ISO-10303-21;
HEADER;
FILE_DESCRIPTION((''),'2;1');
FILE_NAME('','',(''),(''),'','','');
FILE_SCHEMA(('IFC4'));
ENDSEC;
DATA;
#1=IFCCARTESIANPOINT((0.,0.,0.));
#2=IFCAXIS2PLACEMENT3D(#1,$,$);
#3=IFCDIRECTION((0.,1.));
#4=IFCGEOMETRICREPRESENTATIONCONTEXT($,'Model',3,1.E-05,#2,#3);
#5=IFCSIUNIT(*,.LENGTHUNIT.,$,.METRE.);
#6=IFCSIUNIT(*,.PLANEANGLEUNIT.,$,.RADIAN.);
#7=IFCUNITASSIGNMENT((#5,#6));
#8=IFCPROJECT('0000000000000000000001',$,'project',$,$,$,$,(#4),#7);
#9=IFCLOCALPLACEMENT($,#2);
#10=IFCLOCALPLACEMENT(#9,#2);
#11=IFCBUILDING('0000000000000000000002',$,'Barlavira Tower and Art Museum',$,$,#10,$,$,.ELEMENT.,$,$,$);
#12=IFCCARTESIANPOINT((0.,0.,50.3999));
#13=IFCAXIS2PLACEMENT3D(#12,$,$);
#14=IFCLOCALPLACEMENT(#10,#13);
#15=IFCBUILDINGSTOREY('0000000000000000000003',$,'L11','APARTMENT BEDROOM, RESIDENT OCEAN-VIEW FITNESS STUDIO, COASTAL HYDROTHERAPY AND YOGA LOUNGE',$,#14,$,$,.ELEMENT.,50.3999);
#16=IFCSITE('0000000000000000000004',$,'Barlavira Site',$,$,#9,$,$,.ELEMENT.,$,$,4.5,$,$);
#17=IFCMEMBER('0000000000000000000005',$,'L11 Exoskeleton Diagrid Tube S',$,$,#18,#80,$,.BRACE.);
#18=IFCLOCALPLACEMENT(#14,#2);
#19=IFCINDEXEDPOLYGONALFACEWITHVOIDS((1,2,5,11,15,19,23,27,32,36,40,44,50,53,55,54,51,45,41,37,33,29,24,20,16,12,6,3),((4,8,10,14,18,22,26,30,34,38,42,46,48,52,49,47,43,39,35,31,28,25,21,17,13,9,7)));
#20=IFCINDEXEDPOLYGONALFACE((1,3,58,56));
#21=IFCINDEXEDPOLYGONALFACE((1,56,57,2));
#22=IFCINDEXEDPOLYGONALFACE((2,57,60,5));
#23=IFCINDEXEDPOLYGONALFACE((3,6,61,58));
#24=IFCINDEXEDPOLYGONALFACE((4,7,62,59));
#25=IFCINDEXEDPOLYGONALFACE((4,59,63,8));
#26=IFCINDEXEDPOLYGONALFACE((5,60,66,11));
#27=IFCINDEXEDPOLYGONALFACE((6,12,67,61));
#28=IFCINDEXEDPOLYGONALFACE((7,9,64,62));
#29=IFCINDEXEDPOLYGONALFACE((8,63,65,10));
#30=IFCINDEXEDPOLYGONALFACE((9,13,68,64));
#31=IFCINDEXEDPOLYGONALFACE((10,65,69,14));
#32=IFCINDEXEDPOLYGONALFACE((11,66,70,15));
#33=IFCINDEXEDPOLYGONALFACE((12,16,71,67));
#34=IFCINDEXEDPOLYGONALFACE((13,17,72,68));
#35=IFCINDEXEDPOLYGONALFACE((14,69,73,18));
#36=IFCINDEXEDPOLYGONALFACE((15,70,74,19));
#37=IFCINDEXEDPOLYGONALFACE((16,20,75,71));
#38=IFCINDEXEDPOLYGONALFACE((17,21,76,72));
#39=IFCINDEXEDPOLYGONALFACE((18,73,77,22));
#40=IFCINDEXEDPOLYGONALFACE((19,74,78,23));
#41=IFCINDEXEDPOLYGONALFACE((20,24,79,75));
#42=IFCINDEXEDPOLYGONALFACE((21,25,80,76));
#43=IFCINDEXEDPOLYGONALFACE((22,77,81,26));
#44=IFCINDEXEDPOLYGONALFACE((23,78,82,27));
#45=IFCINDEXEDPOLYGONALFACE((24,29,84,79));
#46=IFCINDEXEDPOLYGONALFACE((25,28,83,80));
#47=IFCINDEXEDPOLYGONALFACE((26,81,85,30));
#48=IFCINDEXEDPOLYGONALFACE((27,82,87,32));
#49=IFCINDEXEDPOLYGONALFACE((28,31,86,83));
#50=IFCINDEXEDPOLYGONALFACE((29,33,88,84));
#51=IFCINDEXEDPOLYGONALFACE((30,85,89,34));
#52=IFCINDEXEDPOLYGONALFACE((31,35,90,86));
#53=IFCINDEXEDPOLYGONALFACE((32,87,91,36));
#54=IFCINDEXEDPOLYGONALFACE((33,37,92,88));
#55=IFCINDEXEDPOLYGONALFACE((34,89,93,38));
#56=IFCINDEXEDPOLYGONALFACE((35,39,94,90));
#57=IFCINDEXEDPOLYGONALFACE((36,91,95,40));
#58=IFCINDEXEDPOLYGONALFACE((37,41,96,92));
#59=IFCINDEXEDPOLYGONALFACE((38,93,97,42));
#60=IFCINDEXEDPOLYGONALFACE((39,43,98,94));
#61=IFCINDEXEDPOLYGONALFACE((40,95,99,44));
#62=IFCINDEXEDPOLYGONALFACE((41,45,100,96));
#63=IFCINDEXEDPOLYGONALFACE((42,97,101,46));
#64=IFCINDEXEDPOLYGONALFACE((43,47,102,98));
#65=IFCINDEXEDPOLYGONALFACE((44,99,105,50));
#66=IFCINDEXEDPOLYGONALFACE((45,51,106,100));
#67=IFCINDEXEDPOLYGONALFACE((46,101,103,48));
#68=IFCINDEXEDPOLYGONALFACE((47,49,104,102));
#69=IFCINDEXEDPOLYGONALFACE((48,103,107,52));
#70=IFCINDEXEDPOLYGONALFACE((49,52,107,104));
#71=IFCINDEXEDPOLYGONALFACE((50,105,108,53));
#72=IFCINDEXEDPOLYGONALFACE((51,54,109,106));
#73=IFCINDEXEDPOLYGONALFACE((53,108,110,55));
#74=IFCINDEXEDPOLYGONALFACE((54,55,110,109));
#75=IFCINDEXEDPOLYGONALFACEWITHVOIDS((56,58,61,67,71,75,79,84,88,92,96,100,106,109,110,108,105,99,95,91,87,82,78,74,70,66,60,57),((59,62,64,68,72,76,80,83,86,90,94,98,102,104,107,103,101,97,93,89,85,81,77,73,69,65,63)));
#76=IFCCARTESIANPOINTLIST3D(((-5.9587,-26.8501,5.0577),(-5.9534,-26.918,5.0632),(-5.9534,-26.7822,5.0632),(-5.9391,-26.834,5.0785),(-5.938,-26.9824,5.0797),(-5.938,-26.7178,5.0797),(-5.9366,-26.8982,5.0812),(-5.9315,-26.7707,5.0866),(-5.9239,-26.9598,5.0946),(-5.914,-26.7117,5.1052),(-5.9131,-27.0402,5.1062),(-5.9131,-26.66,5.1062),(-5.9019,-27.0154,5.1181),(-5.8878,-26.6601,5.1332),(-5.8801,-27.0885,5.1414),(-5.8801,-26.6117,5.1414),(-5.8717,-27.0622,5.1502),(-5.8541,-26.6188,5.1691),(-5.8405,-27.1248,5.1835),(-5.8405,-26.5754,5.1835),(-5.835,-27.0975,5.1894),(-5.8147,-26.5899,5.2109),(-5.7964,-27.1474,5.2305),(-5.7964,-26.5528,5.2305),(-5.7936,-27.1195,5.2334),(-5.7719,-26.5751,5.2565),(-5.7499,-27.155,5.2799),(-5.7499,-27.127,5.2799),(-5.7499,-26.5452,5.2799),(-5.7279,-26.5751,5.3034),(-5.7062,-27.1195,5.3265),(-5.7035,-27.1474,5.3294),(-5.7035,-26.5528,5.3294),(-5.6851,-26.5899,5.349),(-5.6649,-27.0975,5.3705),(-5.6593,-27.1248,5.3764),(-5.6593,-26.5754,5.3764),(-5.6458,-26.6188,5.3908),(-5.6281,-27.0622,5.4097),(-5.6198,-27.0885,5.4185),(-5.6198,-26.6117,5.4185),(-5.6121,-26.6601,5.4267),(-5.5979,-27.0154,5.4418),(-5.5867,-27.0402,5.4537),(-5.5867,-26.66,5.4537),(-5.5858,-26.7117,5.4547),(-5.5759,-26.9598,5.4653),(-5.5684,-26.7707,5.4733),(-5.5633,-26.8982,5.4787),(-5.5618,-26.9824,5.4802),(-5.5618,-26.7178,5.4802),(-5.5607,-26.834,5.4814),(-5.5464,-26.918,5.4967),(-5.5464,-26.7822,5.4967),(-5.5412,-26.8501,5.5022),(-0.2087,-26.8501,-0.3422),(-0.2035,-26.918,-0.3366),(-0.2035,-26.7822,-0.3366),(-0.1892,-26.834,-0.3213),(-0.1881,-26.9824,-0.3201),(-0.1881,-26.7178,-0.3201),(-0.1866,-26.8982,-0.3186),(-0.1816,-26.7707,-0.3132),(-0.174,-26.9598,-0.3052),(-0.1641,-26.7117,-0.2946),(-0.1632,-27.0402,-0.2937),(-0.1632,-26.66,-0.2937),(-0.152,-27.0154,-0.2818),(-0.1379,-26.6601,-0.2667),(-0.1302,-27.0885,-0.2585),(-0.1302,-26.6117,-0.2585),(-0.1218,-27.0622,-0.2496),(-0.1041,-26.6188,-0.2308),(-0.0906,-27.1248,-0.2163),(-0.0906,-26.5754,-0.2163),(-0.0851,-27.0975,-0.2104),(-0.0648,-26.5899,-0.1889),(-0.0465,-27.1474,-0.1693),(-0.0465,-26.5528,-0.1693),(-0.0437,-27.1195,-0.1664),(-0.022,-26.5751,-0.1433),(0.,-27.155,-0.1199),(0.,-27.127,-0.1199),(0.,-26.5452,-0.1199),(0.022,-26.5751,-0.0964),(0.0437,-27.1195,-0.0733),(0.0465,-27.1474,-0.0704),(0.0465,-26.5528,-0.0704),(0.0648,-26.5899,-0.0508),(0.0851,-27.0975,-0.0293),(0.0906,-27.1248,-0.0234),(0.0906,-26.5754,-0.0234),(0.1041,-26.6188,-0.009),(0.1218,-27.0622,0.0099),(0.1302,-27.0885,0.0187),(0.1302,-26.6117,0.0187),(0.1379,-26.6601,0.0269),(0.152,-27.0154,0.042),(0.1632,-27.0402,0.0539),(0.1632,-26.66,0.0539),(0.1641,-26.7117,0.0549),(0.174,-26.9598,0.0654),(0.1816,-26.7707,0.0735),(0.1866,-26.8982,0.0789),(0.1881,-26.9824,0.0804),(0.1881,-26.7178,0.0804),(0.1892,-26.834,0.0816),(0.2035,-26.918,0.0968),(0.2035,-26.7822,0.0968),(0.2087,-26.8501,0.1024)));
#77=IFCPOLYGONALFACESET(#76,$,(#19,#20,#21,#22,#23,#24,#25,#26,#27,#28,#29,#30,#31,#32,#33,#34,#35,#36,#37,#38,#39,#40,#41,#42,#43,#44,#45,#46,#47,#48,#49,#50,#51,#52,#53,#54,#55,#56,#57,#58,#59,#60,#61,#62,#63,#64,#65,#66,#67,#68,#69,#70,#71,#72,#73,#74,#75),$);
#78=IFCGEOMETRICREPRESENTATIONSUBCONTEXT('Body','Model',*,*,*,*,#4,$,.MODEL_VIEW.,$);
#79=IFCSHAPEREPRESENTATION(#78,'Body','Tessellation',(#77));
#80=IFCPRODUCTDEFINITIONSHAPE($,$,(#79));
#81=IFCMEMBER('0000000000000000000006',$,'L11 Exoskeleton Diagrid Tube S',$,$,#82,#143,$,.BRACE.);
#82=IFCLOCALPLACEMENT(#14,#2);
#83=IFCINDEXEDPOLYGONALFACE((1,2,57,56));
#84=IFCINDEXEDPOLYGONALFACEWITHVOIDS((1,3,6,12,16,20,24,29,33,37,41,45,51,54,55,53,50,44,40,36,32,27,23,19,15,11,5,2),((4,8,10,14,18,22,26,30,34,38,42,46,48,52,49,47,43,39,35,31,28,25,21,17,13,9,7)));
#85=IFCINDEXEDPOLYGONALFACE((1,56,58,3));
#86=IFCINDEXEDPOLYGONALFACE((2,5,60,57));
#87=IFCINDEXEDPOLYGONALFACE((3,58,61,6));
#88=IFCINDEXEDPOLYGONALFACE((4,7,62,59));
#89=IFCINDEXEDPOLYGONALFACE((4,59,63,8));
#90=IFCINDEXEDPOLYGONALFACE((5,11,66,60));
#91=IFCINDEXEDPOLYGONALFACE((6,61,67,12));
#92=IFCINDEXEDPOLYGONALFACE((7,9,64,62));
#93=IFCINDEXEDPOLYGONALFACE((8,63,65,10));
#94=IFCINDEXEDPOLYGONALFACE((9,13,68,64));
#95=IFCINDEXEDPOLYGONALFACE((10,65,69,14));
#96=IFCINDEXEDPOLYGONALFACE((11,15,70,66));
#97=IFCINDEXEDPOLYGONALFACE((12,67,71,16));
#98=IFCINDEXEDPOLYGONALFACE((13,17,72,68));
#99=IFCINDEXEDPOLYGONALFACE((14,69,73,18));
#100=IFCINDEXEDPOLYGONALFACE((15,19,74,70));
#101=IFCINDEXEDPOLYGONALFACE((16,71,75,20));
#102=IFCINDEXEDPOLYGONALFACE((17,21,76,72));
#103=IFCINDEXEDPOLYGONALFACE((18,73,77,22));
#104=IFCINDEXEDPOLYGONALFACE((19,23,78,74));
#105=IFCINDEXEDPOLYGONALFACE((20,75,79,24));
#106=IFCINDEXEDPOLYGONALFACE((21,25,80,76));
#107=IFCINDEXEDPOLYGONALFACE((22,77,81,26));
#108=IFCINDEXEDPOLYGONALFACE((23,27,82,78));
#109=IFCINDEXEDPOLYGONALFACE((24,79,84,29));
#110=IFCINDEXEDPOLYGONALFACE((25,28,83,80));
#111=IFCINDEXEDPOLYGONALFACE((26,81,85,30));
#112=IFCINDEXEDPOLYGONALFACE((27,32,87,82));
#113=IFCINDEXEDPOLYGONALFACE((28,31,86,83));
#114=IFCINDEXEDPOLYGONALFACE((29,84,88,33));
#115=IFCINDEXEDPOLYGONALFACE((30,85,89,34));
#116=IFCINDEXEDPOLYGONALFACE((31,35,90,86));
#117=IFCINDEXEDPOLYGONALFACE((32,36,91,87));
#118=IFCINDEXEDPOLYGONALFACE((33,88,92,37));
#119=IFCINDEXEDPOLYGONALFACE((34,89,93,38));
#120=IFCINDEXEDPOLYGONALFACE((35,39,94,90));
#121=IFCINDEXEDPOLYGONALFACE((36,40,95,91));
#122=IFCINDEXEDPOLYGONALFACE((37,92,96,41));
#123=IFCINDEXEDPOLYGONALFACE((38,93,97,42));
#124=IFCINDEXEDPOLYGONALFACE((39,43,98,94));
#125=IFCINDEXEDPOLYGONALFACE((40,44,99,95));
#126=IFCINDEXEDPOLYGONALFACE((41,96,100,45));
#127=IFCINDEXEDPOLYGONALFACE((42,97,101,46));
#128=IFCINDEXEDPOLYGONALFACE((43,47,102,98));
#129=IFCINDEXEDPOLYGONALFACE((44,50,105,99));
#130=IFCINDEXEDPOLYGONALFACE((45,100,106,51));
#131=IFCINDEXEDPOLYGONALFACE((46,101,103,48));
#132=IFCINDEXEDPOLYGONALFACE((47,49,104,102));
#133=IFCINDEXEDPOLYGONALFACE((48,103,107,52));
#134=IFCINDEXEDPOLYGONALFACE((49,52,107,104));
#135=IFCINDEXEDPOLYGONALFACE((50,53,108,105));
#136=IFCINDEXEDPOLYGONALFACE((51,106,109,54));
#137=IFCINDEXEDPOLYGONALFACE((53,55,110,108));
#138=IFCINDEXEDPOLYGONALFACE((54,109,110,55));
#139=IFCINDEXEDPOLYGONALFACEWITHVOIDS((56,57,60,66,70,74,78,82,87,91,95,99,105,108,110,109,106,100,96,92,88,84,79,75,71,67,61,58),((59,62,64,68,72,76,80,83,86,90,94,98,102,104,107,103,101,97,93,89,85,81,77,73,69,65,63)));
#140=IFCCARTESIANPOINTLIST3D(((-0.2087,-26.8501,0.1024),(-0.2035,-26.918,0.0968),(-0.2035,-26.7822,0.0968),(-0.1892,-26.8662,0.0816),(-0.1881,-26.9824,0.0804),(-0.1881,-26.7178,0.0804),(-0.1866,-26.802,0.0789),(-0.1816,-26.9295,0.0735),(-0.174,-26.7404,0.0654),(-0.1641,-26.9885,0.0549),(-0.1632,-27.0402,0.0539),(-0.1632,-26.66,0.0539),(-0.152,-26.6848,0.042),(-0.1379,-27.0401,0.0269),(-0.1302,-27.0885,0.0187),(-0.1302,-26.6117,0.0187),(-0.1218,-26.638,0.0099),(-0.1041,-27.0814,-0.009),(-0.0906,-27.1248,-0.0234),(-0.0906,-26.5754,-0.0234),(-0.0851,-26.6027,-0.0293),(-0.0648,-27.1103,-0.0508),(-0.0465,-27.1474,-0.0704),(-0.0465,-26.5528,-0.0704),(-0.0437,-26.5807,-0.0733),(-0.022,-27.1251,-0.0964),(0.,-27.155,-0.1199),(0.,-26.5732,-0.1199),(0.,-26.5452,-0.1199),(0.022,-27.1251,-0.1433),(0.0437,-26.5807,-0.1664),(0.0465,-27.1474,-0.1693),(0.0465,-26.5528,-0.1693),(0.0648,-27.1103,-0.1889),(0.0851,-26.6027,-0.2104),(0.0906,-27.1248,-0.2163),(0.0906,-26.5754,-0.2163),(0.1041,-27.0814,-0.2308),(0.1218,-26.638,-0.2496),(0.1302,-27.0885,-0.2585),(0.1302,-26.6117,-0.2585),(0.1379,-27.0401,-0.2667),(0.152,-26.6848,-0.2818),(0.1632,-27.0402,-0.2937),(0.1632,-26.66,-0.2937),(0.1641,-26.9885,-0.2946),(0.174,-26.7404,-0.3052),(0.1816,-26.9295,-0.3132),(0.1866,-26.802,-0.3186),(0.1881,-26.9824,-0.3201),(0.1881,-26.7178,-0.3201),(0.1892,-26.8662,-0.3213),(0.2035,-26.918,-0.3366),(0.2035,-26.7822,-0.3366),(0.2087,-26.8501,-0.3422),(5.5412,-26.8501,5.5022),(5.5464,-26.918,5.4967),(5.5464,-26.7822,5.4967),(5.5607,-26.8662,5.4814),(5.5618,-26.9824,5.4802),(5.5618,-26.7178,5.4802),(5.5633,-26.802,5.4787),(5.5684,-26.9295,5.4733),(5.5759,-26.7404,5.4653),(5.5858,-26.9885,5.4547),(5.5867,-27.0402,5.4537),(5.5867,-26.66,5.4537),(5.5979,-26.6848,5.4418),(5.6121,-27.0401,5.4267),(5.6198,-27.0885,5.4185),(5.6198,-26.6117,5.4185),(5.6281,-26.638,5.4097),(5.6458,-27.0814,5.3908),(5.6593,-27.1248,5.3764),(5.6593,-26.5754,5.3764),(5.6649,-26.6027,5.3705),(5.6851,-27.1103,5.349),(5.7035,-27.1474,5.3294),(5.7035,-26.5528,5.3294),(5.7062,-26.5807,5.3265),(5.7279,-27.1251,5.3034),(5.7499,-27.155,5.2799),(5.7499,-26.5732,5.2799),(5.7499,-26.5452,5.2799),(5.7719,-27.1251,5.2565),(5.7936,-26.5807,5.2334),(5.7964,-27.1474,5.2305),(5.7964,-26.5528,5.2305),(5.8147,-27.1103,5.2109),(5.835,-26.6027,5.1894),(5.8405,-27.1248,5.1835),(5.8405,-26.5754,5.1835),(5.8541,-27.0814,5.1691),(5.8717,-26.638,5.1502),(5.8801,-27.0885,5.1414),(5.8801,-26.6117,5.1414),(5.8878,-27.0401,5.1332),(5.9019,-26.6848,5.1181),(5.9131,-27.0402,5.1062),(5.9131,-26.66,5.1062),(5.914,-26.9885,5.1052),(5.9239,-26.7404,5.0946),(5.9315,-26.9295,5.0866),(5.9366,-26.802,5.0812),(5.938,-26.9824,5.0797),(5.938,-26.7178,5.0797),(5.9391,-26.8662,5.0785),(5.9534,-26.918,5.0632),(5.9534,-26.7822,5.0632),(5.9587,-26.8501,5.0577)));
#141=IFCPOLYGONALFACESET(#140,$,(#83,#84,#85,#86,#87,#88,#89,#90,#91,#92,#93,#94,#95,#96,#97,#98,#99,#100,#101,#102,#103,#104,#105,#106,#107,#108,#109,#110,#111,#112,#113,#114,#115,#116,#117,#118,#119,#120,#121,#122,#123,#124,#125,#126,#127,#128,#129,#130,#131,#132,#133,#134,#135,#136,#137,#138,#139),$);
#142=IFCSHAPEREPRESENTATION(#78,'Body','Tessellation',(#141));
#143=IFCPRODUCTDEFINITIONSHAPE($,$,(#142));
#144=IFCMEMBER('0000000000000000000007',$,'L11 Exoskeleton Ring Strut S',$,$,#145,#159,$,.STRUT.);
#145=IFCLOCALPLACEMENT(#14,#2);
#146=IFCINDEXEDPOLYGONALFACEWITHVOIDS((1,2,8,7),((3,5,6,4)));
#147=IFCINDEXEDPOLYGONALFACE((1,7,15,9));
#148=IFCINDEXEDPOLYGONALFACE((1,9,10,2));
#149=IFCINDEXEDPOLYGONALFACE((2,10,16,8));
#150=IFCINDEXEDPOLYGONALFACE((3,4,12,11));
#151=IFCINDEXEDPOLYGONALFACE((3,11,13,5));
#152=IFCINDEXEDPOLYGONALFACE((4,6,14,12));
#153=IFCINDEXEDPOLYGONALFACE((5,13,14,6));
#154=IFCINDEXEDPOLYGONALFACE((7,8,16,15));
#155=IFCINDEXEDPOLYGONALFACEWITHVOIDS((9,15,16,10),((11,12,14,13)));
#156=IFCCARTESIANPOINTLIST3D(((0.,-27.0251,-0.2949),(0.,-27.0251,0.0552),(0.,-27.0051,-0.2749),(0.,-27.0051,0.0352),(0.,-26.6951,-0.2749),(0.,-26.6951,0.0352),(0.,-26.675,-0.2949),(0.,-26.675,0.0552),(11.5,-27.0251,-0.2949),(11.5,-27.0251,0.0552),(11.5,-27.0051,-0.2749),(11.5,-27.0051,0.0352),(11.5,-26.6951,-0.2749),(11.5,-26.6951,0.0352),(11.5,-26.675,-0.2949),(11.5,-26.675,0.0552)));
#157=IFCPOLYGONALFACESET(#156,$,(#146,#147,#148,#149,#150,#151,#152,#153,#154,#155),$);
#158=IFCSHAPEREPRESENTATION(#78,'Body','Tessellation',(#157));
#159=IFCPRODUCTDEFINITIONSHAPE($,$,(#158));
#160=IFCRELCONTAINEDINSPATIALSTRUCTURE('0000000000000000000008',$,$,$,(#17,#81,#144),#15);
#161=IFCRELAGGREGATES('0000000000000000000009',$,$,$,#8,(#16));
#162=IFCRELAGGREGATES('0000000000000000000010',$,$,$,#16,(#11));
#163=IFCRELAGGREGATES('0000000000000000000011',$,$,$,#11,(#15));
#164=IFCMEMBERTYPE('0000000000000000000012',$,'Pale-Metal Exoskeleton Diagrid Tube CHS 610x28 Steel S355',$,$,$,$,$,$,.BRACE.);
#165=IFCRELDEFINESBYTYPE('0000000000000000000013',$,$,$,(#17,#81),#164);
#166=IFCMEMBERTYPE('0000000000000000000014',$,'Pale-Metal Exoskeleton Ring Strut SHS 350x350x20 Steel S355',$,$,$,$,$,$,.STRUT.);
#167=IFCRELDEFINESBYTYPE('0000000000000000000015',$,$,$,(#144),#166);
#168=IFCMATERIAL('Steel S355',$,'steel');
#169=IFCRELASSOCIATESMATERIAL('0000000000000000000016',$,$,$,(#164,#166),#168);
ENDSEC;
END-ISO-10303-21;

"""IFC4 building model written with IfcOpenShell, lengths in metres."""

from ifc_helpers import new_model, si_unit, direction, frame, origin, origin_2d, place, context, subcontext, project, spatial, hollow_rectangle, hollow_circle, extrude, material, material_profile, profile_set, type_object, element, save


model = new_model("IFC4")

# Units and contexts
model_context = context("Model", 3, precision=1e-05, world=origin(), true_north=direction((0.0, 1.0)))
body_context = subcontext(model_context, "Body", "Model", "MODEL_VIEW")
ifc_project = project(units=[si_unit("LENGTHUNIT", "METRE"), si_unit("PLANEANGLEUNIT", "RADIAN")], contexts=[model_context])

# Site, building, storey
site_placement = place(None, origin())
site = spatial("IfcSite", under=ifc_project, at=site_placement, Name="Barlavira Site", CompositionType="ELEMENT", RefElevation=4.5)
building_placement = place(site_placement, origin())
building = spatial("IfcBuilding", under=site, at=building_placement, Name="Barlavira Tower and Art Museum", CompositionType="ELEMENT")
storey_placement = place(building_placement, frame((0.0, 0.0, 50.3999)))
storey = spatial("IfcBuildingStorey", under=building, at=storey_placement, Name="L11", Description="APARTMENT BEDROOM, RESIDENT OCEAN-VIEW FITNESS STUDIO, COASTAL HYDROTHERAPY AND YOGA LOUNGE", CompositionType="ELEMENT", Elevation=50.3999)

# Members
ifc_material_1 = material(Name="Steel S355", Category="steel")
ifc_material_profile_1 = material_profile(ifc_material_1, hollow_circle(Radius=0.3049, WallThickness=0.0281, at=origin_2d()), Name="CHS 610.0x28.0")
ifc_profile_set_1 = profile_set([ifc_material_profile_1], Name="Steel S355")
member_type_1 = type_object("IfcMemberType", Name="Pale-Metal Exoskeleton Diagrid Tube CHS 610x28 Steel S355", PredefinedType="BRACE", material=ifc_profile_set_1)
for number, where, z_axis, x_axis, name in (
    (1, (0.0, -26.8501, -0.1199), (-0.72895, 0.0, 0.684567), (0.0, -1.0, 0.0), "L11 Exoskeleton Diagrid Tube S"),
    (2, (0.0, -26.8501, -0.1199), (0.72895, 0.0, 0.684567), (0.0, 1.0, 0.0), "L11 Exoskeleton Diagrid Tube S"),
):
    element("IfcMember", number, at=place(storey_placement, frame(where, z_axis=z_axis, x_axis=x_axis)), inside=storey, type_object=member_type_1, Name=name, PredefinedType="BRACE", context=body_context, shape_type="SweptSolid", body=[
        extrude(hollow_circle(Radius=0.3049, WallThickness=0.0281, at=origin_2d()), origin(), (0.0, 0.0, 1.0), 7.8879),
    ])
ifc_material_profile_2 = material_profile(ifc_material_1, hollow_rectangle(XDim=0.3501, YDim=0.3501, WallThickness=0.02, at=origin_2d()), Name="SHS 350x350x20.0")
ifc_profile_set_2 = profile_set([ifc_material_profile_2], Name="Steel S355")
member_type_2 = type_object("IfcMemberType", Name="Pale-Metal Exoskeleton Ring Strut SHS 350x350x20 Steel S355", PredefinedType="STRUT", material=ifc_profile_set_2)
member_1_placement = place(storey_placement, frame((0.0, -26.8501, -0.1199), z_axis=(1.0, 0.0, 0.0), x_axis=(0.0, 1.0, 0.0)))
element("IfcMember", 3, at=member_1_placement, inside=storey, type_object=member_type_2, Name="L11 Exoskeleton Ring Strut S", PredefinedType="STRUT", context=body_context, shape_type="SweptSolid", body=[
    extrude(hollow_rectangle(XDim=0.3501, YDim=0.3501, WallThickness=0.02, at=origin_2d()), origin(), (0.0, 0.0, 1.0), 11.5),
])

save(model, "model.ifc")
